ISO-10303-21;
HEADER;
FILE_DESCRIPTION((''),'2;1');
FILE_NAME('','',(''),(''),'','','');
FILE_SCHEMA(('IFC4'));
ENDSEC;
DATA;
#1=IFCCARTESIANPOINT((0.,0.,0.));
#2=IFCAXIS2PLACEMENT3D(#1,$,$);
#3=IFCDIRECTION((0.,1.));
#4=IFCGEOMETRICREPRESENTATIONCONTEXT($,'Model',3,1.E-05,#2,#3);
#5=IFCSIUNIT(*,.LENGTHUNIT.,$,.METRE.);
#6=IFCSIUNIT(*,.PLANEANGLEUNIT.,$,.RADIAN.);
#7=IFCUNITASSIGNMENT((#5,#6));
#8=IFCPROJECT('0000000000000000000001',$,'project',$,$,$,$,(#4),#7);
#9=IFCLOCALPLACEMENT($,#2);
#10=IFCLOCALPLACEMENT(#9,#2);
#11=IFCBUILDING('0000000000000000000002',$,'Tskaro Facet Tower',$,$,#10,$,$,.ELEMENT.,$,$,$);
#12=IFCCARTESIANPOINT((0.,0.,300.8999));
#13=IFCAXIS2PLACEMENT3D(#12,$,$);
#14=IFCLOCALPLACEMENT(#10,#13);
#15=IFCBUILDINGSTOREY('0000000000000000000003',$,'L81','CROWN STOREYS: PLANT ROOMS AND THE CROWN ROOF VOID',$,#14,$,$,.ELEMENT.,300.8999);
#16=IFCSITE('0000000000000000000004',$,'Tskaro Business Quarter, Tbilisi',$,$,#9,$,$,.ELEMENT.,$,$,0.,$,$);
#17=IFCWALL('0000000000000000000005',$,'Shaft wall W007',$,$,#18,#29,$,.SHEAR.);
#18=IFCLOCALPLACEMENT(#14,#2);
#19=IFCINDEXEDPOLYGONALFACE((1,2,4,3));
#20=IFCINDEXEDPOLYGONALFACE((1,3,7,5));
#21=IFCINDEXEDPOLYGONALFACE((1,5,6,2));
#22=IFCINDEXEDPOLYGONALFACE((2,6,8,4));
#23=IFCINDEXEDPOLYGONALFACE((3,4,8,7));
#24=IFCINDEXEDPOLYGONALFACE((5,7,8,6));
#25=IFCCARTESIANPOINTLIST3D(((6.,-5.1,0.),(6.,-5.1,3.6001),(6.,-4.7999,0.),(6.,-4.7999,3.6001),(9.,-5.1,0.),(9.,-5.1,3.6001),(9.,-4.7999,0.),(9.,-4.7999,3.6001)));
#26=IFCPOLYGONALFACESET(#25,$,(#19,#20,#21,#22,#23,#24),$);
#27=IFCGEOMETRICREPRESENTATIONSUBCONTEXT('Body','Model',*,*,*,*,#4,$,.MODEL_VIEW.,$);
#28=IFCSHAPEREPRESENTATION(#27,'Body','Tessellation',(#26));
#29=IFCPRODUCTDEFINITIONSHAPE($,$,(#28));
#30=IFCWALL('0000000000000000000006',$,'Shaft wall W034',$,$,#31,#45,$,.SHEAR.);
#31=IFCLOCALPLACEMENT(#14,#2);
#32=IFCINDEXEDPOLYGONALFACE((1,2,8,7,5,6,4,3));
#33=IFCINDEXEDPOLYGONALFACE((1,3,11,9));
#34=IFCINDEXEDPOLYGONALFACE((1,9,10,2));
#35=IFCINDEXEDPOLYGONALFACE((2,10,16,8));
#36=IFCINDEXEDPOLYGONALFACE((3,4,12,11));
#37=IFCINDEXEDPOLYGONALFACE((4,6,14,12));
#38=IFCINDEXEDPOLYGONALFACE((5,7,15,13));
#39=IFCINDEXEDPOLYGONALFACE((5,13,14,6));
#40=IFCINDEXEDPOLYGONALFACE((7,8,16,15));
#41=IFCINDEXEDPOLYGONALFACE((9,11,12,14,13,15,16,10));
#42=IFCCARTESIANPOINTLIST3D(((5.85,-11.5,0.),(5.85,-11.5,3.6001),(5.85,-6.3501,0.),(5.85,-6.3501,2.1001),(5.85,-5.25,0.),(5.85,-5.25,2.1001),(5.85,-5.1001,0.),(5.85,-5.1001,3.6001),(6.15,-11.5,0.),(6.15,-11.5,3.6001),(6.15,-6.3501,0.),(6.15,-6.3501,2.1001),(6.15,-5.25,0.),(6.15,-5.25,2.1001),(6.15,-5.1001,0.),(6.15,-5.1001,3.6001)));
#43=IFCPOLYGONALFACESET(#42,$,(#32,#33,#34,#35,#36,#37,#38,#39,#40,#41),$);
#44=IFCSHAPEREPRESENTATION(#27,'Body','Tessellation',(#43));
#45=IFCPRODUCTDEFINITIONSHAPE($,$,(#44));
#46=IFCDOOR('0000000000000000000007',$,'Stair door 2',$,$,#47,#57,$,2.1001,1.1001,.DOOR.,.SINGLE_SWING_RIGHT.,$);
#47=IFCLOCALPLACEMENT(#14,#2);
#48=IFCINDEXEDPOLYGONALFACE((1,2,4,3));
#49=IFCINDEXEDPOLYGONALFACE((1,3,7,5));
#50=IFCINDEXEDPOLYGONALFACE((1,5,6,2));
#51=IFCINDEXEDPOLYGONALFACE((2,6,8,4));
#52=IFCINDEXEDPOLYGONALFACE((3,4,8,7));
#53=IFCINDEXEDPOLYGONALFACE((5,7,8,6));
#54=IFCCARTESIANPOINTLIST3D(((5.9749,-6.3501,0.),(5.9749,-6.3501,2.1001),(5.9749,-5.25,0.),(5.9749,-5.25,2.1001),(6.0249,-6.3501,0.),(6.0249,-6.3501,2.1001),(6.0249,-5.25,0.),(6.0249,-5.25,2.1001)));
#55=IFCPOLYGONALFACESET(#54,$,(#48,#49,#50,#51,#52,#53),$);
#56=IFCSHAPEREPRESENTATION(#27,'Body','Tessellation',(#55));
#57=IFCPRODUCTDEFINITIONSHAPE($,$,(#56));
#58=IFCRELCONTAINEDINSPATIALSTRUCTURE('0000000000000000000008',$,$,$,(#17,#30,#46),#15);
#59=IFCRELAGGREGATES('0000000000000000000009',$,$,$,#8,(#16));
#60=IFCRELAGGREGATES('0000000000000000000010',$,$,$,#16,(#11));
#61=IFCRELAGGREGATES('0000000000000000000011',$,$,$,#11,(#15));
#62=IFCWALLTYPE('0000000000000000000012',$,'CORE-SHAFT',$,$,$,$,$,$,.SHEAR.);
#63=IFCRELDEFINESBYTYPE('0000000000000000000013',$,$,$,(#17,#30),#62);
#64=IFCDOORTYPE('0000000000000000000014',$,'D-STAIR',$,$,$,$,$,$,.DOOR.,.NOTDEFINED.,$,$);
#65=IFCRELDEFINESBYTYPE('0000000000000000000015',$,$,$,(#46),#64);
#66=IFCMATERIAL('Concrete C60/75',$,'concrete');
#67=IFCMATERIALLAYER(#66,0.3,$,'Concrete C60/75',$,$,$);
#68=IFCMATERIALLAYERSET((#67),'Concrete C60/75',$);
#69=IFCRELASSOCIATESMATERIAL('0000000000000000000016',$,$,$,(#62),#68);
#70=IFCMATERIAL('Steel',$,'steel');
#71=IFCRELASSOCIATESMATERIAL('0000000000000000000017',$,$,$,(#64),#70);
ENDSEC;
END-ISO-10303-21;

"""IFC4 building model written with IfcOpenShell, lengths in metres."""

from ifc_helpers import new_model, si_unit, direction, frame, frame_2d, origin, place, context, subcontext, project, spatial, rectangle, extrude, material, layer, layer_set, type_object, element, fill, save


model = new_model("IFC4")

# Units and contexts
model_context = context("Model", 3, precision=1e-05, world=origin(), true_north=direction((0.0, 1.0)))
body_context = subcontext(model_context, "Body", "Model", "MODEL_VIEW")
ifc_project = project(units=[si_unit("LENGTHUNIT", "METRE"), si_unit("PLANEANGLEUNIT", "RADIAN")], contexts=[model_context])

# Site, building, storey
site_placement = place(None, origin())
site = spatial("IfcSite", under=ifc_project, at=site_placement, Name="Tskaro Business Quarter, Tbilisi", CompositionType="ELEMENT", RefElevation=0.0)
building_placement = place(site_placement, origin())
building = spatial("IfcBuilding", under=site, at=building_placement, Name="Tskaro Facet Tower", CompositionType="ELEMENT")
storey_placement = place(building_placement, frame((0.0, 0.0, 300.8999)))
storey = spatial("IfcBuildingStorey", under=building, at=storey_placement, Name="L81", Description="CROWN STOREYS: PLANT ROOMS AND THE CROWN ROOF VOID", CompositionType="ELEMENT", Elevation=300.8999)

# Wall
ifc_material_1 = material(Name="Concrete C60/75", Category="concrete")
ifc_layer_1 = layer(ifc_material_1, 0.3, Name="Concrete C60/75")
ifc_layer_set_1 = layer_set([ifc_layer_1], Name="Concrete C60/75")
wall_type_1 = type_object("IfcWallType", Name="CORE-SHAFT", PredefinedType="SHEAR", material=ifc_layer_set_1)
wall_1_placement = place(storey_placement, frame((6.0, -4.95, 0.0), z_axis=(0.0, 0.0, 1.0), x_axis=(1.0, 0.0, 0.0)))
element("IfcWall", 1, at=wall_1_placement, inside=storey, type_object=wall_type_1, Name="Shaft wall W007", PredefinedType="SHEAR", context=body_context, shape_type="SweptSolid", body=[
    extrude(rectangle(XDim=3.0, YDim=0.3, at=frame_2d((1.5, 0.0))), origin(), (0.0, 0.0, 1.0), 3.6001),
])

# Wall, opening, door
wall_2_placement = place(storey_placement, frame((6.0, -5.1001, 0.0), z_axis=(0.0, 0.0, 1.0), x_axis=(0.0, -1.0, 0.0)))
wall_2 = element("IfcWall", 2, at=wall_2_placement, inside=storey, type_object=wall_type_1, Name="Shaft wall W034", PredefinedType="SHEAR", context=body_context, shape_type="SweptSolid", body=[
    extrude(rectangle(XDim=6.3999, YDim=0.3, at=frame_2d((3.2, 0.0))), origin(), (0.0, 0.0, 1.0), 3.6001),
])
opening_1_placement = place(wall_2_placement, frame((0.1499, 0.0, 0.0)))
opening_1 = element("IfcOpeningElement", 3, at=opening_1_placement, cuts=wall_2, PredefinedType="OPENING", context=body_context, shape_type="SweptSolid", body=[
    extrude(rectangle(XDim=1.1001, YDim=2.1001, at=frame_2d((0.55, 1.05))), frame((0.0, 0.1599, 0.0), z_axis=(0.0, -1.0, 0.0), x_axis=(1.0, 0.0, 0.0)), (0.0, 0.0, 1.0), 0.3201),
])
ifc_material_2 = material(Name="Steel", Category="steel")
door_type_1 = type_object("IfcDoorType", Name="D-STAIR", OperationType="NOTDEFINED", PredefinedType="DOOR", material=ifc_material_2)
door_1_placement = place(opening_1_placement, origin())
door_1 = element("IfcDoor", 4, at=door_1_placement, inside=storey, type_object=door_type_1, Name="Stair door 2", OperationType="SINGLE_SWING_RIGHT", OverallHeight=2.1001, OverallWidth=1.1001, PredefinedType="DOOR", context=body_context, shape_type="SweptSolid", body=[
    extrude(rectangle(XDim=1.1001, YDim=2.1001, at=frame_2d((0.55, 1.05))), frame((0.0, 0.0249, 0.0), z_axis=(0.0, -1.0, 0.0), x_axis=(1.0, 0.0, 0.0)), (0.0, 0.0, 1.0), 0.05),
])
fill(opening_1, door_1)

save(model, "model.ifc")
